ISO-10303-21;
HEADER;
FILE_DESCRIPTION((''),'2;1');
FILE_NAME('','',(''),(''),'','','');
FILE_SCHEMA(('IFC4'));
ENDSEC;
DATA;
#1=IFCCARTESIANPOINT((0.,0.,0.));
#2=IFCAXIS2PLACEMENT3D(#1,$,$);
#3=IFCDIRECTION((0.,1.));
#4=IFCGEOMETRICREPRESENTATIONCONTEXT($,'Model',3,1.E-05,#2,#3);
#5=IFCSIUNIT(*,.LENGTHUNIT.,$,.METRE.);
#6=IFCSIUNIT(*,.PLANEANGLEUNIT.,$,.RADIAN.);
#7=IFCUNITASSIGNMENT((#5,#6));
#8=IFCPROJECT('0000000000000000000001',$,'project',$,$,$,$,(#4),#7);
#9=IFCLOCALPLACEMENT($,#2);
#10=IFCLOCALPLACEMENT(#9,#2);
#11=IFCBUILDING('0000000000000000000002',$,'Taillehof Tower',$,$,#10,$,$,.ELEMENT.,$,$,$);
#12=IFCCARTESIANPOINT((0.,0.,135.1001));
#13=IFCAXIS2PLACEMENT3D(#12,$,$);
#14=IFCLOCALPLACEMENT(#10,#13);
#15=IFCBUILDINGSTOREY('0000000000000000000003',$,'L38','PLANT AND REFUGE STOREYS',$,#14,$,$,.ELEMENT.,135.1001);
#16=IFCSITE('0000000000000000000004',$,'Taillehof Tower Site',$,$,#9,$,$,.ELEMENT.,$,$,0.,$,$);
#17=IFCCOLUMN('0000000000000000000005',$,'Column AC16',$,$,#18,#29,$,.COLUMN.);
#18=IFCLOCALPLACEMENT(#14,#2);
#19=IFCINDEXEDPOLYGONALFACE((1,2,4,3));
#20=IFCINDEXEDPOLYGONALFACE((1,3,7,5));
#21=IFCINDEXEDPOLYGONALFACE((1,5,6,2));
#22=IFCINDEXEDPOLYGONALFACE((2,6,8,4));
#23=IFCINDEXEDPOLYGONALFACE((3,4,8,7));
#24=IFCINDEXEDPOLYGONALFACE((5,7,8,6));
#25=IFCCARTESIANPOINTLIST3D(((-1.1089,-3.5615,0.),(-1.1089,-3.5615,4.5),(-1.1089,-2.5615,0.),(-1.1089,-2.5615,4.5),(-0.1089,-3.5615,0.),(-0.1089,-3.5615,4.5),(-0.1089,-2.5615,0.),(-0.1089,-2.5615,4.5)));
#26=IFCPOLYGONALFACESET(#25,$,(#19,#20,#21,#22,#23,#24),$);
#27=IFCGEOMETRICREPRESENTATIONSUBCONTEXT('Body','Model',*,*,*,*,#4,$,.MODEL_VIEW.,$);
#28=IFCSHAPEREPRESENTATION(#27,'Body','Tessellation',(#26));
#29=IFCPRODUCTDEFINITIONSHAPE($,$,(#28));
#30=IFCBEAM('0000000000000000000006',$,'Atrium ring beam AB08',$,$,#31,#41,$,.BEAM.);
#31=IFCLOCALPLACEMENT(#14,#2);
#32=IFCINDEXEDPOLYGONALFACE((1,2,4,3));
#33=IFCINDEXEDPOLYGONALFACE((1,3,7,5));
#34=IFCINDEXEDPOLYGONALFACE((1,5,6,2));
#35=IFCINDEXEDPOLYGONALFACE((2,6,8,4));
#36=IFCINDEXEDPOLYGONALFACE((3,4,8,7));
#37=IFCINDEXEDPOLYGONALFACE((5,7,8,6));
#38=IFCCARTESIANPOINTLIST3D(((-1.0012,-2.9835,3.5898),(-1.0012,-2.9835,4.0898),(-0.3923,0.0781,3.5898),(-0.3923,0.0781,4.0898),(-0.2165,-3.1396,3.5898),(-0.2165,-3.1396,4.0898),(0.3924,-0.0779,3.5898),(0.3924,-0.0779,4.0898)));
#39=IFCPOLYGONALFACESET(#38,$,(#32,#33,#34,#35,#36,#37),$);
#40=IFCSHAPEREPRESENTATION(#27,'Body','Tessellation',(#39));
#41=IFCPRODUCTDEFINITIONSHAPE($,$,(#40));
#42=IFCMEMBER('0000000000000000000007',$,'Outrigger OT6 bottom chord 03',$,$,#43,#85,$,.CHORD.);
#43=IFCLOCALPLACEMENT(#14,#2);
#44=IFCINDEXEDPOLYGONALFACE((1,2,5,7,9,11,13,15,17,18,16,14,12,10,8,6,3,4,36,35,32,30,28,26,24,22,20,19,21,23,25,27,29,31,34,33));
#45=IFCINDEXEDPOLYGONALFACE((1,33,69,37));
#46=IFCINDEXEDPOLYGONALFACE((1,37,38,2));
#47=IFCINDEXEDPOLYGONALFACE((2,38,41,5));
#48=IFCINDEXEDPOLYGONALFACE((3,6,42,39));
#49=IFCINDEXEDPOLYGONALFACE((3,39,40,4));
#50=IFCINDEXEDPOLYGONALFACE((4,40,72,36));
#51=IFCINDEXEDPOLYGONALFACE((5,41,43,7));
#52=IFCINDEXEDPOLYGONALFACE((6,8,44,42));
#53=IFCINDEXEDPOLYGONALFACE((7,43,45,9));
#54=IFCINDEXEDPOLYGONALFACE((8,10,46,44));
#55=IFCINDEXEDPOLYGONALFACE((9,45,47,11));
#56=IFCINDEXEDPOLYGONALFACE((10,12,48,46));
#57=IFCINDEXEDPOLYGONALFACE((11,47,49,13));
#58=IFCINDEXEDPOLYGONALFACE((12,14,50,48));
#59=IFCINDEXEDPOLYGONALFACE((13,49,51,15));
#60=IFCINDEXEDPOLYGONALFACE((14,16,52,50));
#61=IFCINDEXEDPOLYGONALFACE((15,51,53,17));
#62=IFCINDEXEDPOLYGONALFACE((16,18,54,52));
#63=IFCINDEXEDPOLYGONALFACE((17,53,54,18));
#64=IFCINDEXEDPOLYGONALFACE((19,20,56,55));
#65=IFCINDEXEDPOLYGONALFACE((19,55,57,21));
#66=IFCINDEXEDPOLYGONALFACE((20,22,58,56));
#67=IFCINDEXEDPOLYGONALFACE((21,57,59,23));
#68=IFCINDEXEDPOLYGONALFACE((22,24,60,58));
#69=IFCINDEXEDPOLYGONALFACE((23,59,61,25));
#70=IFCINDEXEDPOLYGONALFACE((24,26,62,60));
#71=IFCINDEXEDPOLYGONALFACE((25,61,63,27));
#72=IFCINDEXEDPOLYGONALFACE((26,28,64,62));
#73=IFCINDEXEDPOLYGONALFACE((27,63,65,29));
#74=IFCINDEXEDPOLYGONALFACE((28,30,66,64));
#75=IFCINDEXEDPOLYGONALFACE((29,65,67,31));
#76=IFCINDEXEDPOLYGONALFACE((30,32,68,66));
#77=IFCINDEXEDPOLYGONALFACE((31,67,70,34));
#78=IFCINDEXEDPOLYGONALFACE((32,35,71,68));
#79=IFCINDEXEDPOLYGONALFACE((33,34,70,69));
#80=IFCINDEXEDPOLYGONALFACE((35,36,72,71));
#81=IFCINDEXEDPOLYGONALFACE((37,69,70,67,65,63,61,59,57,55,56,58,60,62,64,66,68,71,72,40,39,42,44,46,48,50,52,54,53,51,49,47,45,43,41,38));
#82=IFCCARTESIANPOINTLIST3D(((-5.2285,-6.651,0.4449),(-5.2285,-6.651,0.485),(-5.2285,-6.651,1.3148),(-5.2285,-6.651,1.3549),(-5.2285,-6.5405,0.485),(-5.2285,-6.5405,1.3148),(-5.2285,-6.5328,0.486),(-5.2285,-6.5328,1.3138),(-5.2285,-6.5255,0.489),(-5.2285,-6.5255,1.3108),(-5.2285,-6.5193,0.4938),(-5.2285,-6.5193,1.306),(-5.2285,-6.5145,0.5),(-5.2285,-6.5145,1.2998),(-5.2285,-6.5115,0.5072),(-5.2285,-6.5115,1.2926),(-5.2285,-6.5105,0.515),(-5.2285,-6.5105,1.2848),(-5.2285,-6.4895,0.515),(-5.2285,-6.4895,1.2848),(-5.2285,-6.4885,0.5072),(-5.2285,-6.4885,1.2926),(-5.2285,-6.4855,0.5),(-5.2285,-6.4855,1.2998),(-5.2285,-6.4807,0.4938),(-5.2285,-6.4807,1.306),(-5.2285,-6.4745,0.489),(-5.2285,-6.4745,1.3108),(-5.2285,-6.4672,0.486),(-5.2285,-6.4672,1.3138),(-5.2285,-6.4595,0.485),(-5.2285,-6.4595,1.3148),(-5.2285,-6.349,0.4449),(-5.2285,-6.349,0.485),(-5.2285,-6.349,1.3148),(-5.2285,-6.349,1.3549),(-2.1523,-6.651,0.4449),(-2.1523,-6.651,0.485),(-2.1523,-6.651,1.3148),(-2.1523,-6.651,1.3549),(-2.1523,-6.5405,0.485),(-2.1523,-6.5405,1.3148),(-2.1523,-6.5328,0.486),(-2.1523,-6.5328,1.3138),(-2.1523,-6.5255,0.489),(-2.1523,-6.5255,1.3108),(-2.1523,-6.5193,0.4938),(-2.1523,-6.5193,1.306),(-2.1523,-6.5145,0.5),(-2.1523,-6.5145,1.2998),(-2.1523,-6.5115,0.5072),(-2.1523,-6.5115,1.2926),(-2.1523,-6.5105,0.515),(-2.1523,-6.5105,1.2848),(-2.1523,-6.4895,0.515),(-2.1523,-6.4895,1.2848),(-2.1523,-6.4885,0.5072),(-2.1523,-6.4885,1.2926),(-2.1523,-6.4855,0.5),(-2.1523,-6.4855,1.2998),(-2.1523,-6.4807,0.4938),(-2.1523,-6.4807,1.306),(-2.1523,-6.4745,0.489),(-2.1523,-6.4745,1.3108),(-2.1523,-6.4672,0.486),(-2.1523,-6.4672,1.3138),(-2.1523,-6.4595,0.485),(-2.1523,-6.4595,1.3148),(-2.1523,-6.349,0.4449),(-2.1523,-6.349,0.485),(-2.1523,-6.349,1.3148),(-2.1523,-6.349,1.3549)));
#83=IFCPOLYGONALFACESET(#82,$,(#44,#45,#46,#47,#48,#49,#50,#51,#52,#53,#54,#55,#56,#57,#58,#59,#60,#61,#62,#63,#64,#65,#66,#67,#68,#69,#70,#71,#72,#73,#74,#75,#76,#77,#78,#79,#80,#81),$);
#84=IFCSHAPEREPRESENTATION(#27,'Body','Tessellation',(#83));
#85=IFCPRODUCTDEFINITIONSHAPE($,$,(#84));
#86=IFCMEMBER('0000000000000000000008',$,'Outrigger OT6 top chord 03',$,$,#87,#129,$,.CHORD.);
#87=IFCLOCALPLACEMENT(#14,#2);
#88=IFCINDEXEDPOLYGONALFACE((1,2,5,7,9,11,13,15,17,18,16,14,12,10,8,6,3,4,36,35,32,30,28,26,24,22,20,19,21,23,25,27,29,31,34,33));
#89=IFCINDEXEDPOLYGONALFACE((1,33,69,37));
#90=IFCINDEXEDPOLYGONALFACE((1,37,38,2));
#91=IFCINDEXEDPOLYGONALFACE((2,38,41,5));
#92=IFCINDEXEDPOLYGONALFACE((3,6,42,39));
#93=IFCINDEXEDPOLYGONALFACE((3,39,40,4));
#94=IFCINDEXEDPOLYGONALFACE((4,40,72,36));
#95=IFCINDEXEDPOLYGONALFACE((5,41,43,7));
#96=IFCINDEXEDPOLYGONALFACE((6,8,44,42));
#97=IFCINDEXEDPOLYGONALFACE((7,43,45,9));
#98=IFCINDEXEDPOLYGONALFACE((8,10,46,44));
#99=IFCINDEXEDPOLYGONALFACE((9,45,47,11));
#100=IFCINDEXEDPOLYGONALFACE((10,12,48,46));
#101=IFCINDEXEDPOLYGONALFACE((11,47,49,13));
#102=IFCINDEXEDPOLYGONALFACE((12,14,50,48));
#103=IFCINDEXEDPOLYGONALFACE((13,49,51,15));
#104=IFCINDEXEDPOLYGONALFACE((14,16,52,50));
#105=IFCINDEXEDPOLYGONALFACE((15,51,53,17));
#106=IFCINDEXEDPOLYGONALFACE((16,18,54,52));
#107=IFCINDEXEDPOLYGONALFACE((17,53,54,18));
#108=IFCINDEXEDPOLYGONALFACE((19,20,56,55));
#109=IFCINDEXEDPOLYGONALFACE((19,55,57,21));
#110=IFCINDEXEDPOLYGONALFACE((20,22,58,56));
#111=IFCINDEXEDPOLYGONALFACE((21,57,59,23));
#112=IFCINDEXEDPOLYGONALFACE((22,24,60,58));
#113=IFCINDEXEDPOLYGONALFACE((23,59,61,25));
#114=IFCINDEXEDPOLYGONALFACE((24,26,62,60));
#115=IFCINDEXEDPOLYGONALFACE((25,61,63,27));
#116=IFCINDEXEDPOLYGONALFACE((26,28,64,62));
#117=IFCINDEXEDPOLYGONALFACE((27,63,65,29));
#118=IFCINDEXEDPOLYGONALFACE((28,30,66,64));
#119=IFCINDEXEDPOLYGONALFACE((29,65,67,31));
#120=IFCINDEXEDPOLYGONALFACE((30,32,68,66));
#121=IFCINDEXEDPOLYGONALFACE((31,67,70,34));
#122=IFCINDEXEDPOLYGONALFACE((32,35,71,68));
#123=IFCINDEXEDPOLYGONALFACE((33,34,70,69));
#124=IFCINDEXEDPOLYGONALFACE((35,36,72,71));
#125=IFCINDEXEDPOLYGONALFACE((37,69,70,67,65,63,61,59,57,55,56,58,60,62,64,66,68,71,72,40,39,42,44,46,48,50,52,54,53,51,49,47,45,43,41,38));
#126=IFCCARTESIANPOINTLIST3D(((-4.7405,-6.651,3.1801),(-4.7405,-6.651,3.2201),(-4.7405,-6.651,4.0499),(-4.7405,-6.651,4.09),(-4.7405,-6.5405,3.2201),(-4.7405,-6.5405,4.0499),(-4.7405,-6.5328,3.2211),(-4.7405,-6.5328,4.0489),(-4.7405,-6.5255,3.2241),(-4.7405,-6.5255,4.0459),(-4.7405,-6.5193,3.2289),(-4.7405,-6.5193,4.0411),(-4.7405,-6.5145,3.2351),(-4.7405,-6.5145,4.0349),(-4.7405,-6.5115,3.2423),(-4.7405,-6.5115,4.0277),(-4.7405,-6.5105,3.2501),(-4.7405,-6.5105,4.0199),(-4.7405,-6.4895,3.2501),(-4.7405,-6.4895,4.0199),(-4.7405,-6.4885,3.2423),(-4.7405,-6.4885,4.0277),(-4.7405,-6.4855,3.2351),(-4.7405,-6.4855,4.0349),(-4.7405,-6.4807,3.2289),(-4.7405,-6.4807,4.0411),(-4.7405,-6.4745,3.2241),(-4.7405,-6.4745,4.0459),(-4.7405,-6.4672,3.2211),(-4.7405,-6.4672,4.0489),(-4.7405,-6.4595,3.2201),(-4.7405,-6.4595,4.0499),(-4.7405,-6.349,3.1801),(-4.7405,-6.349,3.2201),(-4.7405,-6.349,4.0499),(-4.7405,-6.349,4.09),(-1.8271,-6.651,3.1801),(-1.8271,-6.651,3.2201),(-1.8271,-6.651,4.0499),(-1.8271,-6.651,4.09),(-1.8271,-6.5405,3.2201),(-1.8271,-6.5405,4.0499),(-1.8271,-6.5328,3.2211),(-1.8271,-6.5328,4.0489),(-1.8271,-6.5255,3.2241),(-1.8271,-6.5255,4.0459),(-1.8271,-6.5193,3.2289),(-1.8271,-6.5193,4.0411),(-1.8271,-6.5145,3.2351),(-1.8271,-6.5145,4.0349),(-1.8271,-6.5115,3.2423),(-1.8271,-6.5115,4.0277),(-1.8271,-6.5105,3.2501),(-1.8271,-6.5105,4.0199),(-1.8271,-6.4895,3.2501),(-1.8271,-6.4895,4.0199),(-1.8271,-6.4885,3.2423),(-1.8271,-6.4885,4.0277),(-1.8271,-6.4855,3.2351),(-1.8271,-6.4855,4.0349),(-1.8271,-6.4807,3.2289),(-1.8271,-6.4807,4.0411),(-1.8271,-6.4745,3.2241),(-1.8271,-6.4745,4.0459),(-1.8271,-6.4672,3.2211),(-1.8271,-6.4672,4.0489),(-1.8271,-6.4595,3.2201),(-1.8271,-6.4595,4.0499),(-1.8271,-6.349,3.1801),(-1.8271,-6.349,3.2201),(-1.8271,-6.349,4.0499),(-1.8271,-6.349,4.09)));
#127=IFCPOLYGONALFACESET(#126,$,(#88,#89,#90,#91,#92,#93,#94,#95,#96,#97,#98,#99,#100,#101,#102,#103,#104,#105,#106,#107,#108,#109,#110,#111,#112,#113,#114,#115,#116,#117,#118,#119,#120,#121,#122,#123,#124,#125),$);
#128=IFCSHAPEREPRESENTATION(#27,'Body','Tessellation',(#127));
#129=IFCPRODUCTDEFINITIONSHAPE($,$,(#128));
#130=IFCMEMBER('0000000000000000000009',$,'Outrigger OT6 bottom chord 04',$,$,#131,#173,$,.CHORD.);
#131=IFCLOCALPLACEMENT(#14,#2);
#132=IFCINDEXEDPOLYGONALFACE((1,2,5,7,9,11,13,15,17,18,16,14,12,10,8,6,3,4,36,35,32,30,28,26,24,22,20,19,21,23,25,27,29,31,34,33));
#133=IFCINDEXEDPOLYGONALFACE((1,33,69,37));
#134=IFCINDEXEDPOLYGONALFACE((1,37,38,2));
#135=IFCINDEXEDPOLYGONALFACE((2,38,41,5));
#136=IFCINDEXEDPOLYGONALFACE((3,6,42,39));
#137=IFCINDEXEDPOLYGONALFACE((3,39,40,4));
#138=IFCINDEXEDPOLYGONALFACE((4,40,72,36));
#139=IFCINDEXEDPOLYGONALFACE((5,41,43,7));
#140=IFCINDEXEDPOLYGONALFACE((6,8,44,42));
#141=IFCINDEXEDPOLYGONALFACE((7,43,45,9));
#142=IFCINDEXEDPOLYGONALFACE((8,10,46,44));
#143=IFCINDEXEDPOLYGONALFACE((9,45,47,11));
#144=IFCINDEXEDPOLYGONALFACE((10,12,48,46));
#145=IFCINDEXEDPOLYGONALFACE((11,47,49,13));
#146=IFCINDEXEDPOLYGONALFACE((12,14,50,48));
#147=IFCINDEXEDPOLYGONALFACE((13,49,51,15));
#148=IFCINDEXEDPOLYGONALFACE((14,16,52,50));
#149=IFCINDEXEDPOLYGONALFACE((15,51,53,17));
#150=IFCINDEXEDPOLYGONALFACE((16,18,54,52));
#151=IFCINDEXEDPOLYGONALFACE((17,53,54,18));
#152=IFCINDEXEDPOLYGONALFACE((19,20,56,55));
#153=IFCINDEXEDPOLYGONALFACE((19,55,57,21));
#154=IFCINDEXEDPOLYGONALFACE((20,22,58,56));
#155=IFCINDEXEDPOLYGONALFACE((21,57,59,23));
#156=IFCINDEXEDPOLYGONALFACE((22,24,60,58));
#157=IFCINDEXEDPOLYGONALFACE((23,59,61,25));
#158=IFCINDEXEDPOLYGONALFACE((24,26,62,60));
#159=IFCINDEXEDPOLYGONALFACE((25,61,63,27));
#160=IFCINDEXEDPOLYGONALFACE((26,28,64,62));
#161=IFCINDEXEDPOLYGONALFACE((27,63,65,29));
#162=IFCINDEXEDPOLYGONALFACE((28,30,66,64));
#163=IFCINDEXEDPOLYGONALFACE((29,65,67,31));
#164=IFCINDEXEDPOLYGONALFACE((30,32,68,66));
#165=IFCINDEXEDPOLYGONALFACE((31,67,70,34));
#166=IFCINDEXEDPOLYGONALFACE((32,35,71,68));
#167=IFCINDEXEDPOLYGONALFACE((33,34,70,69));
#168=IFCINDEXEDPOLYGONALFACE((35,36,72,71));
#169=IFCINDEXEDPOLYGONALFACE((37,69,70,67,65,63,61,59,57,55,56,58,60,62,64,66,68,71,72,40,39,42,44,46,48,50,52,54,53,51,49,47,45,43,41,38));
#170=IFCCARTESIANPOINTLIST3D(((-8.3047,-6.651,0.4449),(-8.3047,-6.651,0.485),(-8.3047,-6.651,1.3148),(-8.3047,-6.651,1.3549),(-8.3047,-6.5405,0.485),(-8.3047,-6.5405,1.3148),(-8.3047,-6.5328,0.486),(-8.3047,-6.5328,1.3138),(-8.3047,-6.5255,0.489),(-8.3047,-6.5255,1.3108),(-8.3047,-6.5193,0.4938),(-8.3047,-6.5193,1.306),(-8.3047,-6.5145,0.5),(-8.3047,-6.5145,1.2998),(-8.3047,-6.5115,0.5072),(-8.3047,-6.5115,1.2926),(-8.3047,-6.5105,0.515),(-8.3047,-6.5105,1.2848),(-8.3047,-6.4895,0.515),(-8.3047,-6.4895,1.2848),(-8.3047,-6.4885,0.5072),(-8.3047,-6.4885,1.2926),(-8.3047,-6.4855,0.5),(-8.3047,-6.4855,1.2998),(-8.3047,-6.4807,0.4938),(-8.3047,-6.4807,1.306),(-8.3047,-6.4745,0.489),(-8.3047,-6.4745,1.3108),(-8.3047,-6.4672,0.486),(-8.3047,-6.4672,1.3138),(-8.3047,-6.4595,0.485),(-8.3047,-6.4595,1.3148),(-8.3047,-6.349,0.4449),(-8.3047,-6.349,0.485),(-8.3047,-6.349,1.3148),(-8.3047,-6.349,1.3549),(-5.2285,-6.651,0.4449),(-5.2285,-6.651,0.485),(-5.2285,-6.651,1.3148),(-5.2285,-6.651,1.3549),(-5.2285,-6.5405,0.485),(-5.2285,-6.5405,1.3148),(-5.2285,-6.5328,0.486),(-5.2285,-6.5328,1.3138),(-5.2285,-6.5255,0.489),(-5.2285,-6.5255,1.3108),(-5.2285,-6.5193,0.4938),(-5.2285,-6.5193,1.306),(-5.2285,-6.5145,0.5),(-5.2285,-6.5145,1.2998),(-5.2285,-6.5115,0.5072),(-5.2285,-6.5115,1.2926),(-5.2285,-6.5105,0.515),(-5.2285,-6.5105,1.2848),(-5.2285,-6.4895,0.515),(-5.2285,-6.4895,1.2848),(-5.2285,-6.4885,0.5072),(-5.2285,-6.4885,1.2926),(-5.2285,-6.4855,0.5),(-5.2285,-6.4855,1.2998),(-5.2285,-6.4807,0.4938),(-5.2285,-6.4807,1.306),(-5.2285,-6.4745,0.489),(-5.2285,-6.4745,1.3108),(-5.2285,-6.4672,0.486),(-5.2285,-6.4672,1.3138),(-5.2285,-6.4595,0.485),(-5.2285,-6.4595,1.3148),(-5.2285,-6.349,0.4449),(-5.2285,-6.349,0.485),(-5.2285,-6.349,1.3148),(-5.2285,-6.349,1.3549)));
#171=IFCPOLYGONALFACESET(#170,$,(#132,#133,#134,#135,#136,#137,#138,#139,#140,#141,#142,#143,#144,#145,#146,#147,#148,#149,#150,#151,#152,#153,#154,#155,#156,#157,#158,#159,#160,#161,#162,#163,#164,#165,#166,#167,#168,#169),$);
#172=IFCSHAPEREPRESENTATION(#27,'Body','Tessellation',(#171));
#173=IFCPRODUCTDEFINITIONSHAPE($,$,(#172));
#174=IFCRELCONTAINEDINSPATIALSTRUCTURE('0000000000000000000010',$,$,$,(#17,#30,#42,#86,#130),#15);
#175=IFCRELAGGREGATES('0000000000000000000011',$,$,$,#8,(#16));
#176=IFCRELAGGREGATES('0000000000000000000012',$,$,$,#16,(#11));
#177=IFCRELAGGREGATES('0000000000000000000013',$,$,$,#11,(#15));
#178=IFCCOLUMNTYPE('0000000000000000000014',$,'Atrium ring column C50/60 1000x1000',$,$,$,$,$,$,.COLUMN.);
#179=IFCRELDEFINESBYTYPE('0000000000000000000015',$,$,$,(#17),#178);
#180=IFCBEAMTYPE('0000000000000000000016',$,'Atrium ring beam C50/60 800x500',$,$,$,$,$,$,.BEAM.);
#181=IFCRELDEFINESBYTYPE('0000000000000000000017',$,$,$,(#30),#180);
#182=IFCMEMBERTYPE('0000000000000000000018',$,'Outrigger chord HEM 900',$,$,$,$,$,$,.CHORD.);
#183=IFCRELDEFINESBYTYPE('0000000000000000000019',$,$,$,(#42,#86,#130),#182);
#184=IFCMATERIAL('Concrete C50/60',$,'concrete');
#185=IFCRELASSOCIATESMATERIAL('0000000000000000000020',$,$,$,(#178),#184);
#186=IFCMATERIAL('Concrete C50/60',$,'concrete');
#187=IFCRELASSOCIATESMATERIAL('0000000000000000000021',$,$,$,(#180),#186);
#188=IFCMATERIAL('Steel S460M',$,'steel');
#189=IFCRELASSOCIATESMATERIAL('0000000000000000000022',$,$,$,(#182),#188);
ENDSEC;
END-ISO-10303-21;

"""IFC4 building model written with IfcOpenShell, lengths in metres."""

from ifc_helpers import new_model, si_unit, direction, frame, origin, origin_2d, place, context, subcontext, project, spatial, rectangle, i_section, extrude, material, material_profile, profile_set, type_object, element, save


model = new_model("IFC4")

# Units and contexts
model_context = context("Model", 3, precision=1e-05, world=origin(), true_north=direction((0.0, 1.0)))
body_context = subcontext(model_context, "Body", "Model", "MODEL_VIEW")
ifc_project = project(units=[si_unit("LENGTHUNIT", "METRE"), si_unit("PLANEANGLEUNIT", "RADIAN")], contexts=[model_context])

# Site, building, storey
site_placement = place(None, origin())
site = spatial("IfcSite", under=ifc_project, at=site_placement, Name="Taillehof Tower Site", CompositionType="ELEMENT", RefElevation=0.0)
building_placement = place(site_placement, origin())
building = spatial("IfcBuilding", under=site, at=building_placement, Name="Taillehof Tower", CompositionType="ELEMENT")
storey_placement = place(building_placement, frame((0.0, 0.0, 135.1001)))
storey = spatial("IfcBuildingStorey", under=building, at=storey_placement, Name="L38", Description="PLANT AND REFUGE STOREYS", CompositionType="ELEMENT", Elevation=135.1001)

# Column
ifc_material_1 = material(Name="Concrete C50/60", Category="concrete")
ifc_material_profile_1 = material_profile(ifc_material_1, rectangle(XDim=1.0, YDim=1.0, at=origin_2d()), Name="RC 1000x1000")
ifc_profile_set_1 = profile_set([ifc_material_profile_1], Name="Concrete C50/60")
column_type = type_object("IfcColumnType", Name="Atrium ring column C50/60 1000x1000", PredefinedType="COLUMN", material=ifc_profile_set_1)
column_placement = place(storey_placement, frame((-0.6089, -3.0615, 0.0), z_axis=(0.0, 0.0, 1.0), x_axis=(1.0, 0.0, 0.0)))
element("IfcColumn", 1, at=column_placement, inside=storey, type_object=column_type, Name="Column AC16", PredefinedType="COLUMN", context=body_context, shape_type="SweptSolid", body=[
    extrude(rectangle(XDim=1.0, YDim=1.0, at=origin_2d()), origin(), (0.0, 0.0, 1.0), 4.5),
])

# Beam
ifc_material_2 = material(Name="Concrete C50/60", Category="concrete")
ifc_material_profile_2 = material_profile(ifc_material_2, rectangle(XDim=0.8, YDim=0.5, at=origin_2d()), Name="RC 800x500")
ifc_profile_set_2 = profile_set([ifc_material_profile_2], Name="Concrete C50/60")
beam_type_1 = type_object("IfcBeamType", Name="Atrium ring beam C50/60 800x500", PredefinedType="BEAM", material=ifc_profile_set_2)
beam_1_placement = place(storey_placement, frame((-0.6089, -3.0615, 3.8398), z_axis=(0.195063, 0.980791, 0.0), x_axis=(-0.980791, 0.195063, 0.0)))
element("IfcBeam", 2, at=beam_1_placement, inside=storey, type_object=beam_type_1, Name="Atrium ring beam AB08", PredefinedType="BEAM", context=body_context, shape_type="SweptSolid", body=[
    extrude(rectangle(XDim=0.8, YDim=0.5, at=origin_2d()), origin(), (0.0, 0.0, 1.0), 3.1216),
])

# Members
ifc_material_3 = material(Name="Steel S460M", Category="steel")
ifc_material_profile_3 = material_profile(ifc_material_3, i_section(OverallWidth=0.302, OverallDepth=0.9099, WebThickness=0.021, FlangeThickness=0.04, FilletRadius=0.03, at=origin_2d()), Name="HEM 900")
ifc_profile_set_3 = profile_set([ifc_material_profile_3], Name="Steel S460M")
member_type_1 = type_object("IfcMemberType", Name="Outrigger chord HEM 900", PredefinedType="CHORD", material=ifc_profile_set_3)
member_1_placement = place(storey_placement, frame((-2.1523, -6.5, 0.8999), z_axis=(-1.0, 0.0, 0.0), x_axis=(0.0, -1.0, 0.0)))
element("IfcMember", 3, at=member_1_placement, inside=storey, type_object=member_type_1, Name="Outrigger OT6 bottom chord 03", PredefinedType="CHORD", context=body_context, shape_type="SweptSolid", body=[
    extrude(i_section(OverallWidth=0.302, OverallDepth=0.9099, WebThickness=0.021, FlangeThickness=0.04, FilletRadius=0.03, at=origin_2d()), origin(), (0.0, 0.0, 1.0), 3.0762),
])
member_2_placement = place(storey_placement, frame((-1.8271, -6.5, 3.635), z_axis=(-1.0, 0.0, 0.0), x_axis=(0.0, -1.0, 0.0)))
element("IfcMember", 4, at=member_2_placement, inside=storey, type_object=member_type_1, Name="Outrigger OT6 top chord 03", PredefinedType="CHORD", context=body_context, shape_type="SweptSolid", body=[
    extrude(i_section(OverallWidth=0.302, OverallDepth=0.9099, WebThickness=0.021, FlangeThickness=0.04, FilletRadius=0.03, at=origin_2d()), origin(), (0.0, 0.0, 1.0), 2.9133),
])
member_3_placement = place(storey_placement, frame((-5.2285, -6.5, 0.8999), z_axis=(-1.0, 0.0, 0.0), x_axis=(0.0, -1.0, 0.0)))
element("IfcMember", 5, at=member_3_placement, inside=storey, type_object=member_type_1, Name="Outrigger OT6 bottom chord 04", PredefinedType="CHORD", context=body_context, shape_type="SweptSolid", body=[
    extrude(i_section(OverallWidth=0.302, OverallDepth=0.9099, WebThickness=0.021, FlangeThickness=0.04, FilletRadius=0.03, at=origin_2d()), origin(), (0.0, 0.0, 1.0), 3.0762),
])

save(model, "model.ifc")
